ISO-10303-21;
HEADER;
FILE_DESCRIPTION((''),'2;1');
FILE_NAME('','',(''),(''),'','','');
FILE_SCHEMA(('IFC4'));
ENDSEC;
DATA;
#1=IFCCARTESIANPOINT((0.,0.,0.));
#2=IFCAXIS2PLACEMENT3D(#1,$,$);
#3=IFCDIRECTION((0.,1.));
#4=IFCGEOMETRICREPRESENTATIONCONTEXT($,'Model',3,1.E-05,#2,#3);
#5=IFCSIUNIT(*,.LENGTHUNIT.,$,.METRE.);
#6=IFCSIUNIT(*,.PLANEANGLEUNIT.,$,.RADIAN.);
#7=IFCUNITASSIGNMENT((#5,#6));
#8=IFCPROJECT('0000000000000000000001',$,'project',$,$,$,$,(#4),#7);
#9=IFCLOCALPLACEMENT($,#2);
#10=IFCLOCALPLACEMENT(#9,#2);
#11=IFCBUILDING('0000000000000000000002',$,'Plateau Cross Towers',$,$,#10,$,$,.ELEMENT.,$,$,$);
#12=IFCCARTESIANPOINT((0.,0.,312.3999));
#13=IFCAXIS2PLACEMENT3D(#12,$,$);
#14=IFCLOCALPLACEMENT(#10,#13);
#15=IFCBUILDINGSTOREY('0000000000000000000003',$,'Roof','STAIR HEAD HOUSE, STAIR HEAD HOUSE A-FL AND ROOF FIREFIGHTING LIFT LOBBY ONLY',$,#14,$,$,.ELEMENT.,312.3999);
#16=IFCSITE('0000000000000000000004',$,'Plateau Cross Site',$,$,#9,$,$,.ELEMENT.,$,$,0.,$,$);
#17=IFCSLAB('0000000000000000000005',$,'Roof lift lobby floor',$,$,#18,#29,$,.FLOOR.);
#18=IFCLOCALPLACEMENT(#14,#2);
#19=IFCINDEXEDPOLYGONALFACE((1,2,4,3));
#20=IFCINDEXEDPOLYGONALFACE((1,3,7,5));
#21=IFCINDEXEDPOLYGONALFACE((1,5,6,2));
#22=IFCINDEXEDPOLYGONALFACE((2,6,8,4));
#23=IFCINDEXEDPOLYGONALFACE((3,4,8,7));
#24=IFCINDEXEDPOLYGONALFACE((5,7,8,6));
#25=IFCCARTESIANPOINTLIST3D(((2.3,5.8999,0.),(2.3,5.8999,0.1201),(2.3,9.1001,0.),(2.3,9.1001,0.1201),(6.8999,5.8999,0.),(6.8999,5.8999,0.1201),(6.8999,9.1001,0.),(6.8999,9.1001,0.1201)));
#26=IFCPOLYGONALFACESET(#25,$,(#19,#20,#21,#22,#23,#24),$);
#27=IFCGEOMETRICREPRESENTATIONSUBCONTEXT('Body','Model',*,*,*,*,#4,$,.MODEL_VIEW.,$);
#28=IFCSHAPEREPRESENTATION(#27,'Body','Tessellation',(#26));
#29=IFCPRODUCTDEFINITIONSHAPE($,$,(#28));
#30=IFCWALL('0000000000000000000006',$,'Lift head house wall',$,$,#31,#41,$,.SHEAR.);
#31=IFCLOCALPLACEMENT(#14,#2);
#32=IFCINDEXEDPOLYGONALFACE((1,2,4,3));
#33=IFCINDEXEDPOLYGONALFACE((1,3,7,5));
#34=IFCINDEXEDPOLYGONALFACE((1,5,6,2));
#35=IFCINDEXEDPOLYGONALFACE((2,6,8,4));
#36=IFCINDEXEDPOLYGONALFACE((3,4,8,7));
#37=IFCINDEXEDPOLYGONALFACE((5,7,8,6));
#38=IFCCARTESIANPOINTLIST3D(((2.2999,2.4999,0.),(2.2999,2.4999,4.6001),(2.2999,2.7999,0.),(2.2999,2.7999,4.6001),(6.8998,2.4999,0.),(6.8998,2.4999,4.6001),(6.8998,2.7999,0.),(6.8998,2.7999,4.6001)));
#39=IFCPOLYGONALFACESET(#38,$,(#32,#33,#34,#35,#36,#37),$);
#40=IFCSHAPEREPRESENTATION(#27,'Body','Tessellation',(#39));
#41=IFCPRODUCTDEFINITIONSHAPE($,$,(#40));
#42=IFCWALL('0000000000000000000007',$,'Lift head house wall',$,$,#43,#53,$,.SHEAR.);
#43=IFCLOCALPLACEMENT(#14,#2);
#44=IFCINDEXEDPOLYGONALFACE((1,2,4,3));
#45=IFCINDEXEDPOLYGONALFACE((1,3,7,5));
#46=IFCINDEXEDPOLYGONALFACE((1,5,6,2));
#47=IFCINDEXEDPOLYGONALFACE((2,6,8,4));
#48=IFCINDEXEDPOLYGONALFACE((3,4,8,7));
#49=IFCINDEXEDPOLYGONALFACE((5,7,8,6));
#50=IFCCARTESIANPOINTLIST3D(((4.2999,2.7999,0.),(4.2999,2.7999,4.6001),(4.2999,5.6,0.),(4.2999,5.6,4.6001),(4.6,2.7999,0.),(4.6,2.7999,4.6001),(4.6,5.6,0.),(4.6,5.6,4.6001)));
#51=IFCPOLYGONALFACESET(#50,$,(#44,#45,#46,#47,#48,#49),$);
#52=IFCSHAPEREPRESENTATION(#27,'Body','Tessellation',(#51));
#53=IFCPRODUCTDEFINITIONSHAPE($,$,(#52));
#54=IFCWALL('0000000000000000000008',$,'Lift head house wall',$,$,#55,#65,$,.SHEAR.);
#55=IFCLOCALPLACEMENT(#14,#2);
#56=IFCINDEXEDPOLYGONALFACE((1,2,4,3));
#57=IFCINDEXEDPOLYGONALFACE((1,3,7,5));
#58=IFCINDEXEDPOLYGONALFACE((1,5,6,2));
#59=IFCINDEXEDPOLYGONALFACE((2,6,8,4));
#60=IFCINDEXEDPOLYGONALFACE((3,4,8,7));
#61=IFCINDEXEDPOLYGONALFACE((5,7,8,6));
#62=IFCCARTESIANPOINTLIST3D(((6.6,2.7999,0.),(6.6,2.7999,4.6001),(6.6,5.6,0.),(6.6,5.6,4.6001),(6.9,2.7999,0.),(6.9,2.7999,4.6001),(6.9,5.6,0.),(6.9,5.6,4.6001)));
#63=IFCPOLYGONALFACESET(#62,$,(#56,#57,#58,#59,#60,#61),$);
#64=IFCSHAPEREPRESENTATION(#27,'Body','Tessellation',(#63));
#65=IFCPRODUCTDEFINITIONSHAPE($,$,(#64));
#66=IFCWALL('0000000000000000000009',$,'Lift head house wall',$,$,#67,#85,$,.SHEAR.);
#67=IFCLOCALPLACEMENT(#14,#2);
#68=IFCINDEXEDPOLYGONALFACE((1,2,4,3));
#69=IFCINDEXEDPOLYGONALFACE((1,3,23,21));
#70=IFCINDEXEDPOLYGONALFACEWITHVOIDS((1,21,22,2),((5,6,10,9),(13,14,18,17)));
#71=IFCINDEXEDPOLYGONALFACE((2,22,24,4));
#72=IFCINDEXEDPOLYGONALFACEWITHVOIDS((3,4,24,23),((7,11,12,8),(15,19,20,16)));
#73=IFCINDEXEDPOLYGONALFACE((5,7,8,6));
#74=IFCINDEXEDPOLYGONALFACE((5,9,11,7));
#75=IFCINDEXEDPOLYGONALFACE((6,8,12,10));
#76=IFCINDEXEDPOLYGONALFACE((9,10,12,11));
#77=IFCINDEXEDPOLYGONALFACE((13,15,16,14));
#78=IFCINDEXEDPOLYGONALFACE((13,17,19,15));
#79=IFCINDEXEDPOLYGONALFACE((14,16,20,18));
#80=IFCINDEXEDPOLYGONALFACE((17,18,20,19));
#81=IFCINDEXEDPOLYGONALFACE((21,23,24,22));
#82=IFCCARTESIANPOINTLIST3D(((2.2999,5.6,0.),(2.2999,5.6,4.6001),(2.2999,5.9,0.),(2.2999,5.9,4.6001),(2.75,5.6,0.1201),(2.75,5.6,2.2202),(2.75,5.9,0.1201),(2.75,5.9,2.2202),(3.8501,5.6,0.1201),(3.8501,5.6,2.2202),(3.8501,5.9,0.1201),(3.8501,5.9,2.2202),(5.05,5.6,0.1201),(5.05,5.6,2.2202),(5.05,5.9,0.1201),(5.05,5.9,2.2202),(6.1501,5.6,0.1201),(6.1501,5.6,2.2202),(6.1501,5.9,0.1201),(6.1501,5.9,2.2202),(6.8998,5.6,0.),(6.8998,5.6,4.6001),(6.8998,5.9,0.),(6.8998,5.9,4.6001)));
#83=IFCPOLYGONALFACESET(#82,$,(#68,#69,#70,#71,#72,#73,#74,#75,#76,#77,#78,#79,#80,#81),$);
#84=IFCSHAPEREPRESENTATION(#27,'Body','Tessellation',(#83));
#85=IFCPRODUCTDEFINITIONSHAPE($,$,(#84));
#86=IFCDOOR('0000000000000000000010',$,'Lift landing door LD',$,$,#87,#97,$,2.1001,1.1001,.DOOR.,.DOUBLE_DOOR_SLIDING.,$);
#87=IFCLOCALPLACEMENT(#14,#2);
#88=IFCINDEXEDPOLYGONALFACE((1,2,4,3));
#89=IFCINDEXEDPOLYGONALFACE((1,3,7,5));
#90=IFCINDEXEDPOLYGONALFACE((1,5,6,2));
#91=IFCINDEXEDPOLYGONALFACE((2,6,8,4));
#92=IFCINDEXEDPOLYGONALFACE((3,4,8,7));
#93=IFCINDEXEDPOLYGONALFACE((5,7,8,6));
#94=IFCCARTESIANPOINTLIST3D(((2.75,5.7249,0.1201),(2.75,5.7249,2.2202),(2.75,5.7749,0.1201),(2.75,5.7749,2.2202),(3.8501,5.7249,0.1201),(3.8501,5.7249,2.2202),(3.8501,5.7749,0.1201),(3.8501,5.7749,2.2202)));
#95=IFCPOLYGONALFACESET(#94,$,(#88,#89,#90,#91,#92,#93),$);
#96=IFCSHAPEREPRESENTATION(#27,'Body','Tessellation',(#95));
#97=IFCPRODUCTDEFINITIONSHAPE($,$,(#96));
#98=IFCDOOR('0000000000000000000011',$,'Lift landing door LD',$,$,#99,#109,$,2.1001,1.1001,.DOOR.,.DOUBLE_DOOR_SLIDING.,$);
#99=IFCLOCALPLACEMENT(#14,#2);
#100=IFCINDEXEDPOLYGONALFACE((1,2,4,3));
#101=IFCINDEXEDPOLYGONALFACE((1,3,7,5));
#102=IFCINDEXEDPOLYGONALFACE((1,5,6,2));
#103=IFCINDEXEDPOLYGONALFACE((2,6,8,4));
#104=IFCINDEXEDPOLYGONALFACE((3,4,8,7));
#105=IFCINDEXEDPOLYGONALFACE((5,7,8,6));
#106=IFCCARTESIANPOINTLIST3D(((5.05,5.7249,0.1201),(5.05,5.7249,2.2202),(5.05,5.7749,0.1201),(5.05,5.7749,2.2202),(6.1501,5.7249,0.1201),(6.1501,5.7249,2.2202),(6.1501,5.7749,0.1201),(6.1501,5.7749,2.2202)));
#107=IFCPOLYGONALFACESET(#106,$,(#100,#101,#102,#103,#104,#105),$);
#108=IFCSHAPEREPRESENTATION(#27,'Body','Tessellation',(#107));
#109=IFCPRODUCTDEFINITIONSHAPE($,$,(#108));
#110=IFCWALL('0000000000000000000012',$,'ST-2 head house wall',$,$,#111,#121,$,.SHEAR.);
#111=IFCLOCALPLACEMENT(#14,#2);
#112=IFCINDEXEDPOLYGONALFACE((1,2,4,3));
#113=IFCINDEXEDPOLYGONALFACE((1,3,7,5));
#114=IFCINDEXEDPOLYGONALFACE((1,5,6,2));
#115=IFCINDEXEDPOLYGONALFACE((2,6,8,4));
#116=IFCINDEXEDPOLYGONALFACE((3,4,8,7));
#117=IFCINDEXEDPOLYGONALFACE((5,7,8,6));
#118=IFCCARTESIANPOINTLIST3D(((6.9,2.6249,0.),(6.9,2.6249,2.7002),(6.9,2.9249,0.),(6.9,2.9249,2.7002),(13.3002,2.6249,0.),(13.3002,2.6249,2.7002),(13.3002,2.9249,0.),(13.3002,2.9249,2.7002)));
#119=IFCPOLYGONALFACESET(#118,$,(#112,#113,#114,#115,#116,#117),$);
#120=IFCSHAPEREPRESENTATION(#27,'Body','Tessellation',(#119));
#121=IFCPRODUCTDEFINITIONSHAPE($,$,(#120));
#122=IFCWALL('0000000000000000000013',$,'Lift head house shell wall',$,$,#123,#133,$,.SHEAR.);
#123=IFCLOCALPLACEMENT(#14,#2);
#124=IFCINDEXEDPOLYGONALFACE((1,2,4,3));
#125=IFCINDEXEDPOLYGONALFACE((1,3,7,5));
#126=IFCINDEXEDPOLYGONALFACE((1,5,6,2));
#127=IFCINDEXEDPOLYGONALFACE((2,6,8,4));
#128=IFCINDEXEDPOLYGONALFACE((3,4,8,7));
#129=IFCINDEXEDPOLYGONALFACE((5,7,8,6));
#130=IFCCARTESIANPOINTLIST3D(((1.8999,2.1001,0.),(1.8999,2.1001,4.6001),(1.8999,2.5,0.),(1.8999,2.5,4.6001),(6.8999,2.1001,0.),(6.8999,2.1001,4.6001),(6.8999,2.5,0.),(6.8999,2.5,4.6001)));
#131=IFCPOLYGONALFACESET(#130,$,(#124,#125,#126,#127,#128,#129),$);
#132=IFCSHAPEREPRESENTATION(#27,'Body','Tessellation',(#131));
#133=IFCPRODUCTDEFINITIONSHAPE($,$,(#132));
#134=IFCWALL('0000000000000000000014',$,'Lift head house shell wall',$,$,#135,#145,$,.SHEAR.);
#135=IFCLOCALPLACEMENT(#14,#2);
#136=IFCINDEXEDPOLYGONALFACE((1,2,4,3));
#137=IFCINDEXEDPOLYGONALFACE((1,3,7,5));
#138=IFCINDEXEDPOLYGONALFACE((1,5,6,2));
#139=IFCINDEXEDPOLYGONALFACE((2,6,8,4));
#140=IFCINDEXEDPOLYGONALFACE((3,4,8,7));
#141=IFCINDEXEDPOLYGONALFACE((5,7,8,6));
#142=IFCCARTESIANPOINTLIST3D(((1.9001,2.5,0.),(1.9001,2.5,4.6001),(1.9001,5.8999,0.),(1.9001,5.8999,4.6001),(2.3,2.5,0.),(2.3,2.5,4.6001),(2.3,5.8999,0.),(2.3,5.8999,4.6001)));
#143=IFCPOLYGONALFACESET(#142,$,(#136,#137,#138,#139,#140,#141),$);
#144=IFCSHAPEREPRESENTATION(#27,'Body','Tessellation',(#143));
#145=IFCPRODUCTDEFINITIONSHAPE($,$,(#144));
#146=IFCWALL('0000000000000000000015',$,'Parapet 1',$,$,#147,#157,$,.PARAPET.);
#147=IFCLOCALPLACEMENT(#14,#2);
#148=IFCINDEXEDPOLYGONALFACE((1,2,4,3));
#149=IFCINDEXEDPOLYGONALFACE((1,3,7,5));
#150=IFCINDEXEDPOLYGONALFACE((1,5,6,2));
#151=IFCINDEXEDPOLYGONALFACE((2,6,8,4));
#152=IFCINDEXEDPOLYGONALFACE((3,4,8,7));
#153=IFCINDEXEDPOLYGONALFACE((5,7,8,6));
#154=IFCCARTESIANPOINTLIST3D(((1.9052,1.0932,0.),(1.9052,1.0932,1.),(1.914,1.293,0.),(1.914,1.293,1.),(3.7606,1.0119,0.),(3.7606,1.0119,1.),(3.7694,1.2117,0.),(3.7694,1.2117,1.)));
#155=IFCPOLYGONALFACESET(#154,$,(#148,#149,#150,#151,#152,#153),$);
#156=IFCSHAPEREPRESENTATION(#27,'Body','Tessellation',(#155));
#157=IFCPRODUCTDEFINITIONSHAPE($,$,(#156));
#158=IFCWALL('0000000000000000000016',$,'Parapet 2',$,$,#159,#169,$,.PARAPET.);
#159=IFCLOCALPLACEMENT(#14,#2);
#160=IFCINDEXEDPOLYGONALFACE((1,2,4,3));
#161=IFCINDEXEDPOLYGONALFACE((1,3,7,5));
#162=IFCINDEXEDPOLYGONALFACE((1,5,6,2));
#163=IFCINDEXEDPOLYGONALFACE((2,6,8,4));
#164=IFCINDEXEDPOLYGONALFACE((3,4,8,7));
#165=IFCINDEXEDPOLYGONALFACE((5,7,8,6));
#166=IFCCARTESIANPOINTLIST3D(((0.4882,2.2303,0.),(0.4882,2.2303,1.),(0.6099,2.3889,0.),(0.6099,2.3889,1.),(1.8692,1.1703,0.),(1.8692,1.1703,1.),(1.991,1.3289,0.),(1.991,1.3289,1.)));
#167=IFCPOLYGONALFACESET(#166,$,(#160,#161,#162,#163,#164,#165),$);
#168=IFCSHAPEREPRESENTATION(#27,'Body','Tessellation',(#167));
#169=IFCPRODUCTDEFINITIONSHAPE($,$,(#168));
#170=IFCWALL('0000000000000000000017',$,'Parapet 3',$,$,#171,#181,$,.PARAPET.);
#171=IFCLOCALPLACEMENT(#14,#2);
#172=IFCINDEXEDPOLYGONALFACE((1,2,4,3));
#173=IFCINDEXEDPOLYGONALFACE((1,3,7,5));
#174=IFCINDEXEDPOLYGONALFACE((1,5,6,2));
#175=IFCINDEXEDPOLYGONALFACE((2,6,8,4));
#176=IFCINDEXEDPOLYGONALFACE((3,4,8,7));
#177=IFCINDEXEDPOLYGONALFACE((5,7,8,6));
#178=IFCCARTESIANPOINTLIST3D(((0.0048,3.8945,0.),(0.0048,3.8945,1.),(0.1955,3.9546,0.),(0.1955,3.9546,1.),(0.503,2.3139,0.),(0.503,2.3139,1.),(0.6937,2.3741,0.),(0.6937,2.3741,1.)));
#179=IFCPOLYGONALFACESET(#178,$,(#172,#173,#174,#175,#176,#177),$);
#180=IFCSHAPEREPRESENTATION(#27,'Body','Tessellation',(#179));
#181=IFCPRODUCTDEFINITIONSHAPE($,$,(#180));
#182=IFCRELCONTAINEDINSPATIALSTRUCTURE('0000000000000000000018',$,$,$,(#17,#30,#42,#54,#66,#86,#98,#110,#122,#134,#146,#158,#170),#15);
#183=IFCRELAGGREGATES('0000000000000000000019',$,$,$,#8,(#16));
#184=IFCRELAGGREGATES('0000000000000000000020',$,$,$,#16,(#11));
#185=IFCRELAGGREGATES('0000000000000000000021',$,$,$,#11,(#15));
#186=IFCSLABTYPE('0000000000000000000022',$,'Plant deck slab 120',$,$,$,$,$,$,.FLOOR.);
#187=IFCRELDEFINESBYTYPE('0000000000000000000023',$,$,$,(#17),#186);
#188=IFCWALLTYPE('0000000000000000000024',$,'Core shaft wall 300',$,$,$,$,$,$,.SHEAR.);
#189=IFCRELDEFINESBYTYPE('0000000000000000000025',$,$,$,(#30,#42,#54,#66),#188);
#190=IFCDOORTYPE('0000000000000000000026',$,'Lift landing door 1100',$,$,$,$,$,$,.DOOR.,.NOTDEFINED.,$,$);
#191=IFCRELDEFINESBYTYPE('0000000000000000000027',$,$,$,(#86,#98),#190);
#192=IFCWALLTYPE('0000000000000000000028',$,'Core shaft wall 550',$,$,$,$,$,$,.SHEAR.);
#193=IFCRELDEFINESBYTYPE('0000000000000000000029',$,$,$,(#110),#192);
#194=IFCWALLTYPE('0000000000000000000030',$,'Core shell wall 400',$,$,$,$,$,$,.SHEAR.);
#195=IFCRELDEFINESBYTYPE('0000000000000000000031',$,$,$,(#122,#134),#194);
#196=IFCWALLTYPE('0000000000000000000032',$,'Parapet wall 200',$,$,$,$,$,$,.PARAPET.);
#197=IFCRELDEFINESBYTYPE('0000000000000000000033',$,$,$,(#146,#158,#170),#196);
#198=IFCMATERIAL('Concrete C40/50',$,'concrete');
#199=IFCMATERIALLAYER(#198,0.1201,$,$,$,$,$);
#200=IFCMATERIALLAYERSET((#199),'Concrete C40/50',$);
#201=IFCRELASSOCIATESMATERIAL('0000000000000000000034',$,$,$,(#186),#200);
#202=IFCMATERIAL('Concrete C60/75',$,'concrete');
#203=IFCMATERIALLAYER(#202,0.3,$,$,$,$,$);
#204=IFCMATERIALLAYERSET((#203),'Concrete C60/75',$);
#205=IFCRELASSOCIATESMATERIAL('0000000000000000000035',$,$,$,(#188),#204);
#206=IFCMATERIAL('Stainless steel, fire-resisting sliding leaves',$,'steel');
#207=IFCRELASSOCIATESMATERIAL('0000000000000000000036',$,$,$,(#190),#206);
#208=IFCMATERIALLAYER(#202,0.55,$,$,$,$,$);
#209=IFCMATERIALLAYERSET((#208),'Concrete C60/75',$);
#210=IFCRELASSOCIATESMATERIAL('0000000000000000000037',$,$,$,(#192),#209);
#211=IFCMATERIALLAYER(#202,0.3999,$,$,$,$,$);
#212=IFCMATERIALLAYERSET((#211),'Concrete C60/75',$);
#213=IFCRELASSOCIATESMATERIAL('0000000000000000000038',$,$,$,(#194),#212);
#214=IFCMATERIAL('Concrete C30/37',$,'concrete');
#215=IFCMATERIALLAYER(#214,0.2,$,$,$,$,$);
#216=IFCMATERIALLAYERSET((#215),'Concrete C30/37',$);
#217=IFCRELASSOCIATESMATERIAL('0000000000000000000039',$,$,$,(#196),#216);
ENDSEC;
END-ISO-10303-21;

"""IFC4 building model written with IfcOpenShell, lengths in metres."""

from ifc_helpers import new_model, si_unit, direction, frame, frame_2d, origin, place, context, subcontext, project, spatial, polyline, rectangle, outline, extrude, material, layer, layer_set, type_object, element, fill, save


model = new_model("IFC4")

# Units and contexts
model_context = context("Model", 3, precision=1e-05, world=origin(), true_north=direction((0.0, 1.0)))
body_context = subcontext(model_context, "Body", "Model", "MODEL_VIEW")
ifc_project = project(units=[si_unit("LENGTHUNIT", "METRE"), si_unit("PLANEANGLEUNIT", "RADIAN")], contexts=[model_context])

# Site, building, storey
site_placement = place(None, origin())
site = spatial("IfcSite", under=ifc_project, at=site_placement, Name="Plateau Cross Site", CompositionType="ELEMENT", RefElevation=0.0)
building_placement = place(site_placement, origin())
building = spatial("IfcBuilding", under=site, at=building_placement, Name="Plateau Cross Towers", CompositionType="ELEMENT")
storey_placement = place(building_placement, frame((0.0, 0.0, 312.3999)))
storey = spatial("IfcBuildingStorey", under=building, at=storey_placement, Name="Roof", Description="STAIR HEAD HOUSE, STAIR HEAD HOUSE A-FL AND ROOF FIREFIGHTING LIFT LOBBY ONLY", CompositionType="ELEMENT", Elevation=312.3999)

# Slab
ifc_material_1 = material(Name="Concrete C40/50", Category="concrete")
ifc_layer_1 = layer(ifc_material_1, 0.1201)
ifc_layer_set_1 = layer_set([ifc_layer_1], Name="Concrete C40/50")
slab_type_1 = type_object("IfcSlabType", Name="Plant deck slab 120", PredefinedType="FLOOR", material=ifc_layer_set_1)
slab_1_placement = place(storey_placement, origin())
element("IfcSlab", 1, at=slab_1_placement, inside=storey, type_object=slab_type_1, Name="Roof lift lobby floor", PredefinedType="FLOOR", context=body_context, shape_type="SweptSolid", body=[
    extrude(outline(polyline([(2.3, 5.8999), (6.8999, 5.8999), (6.8999, 9.1001), (2.3, 9.1001), (2.3, 5.8999)])), origin(), (0.0, 0.0, 1.0), 0.1201),
])

# Walls
ifc_material_2 = material(Name="Concrete C60/75", Category="concrete")
ifc_layer_2 = layer(ifc_material_2, 0.3)
ifc_layer_set_2 = layer_set([ifc_layer_2], Name="Concrete C60/75")
wall_type_1 = type_object("IfcWallType", Name="Core shaft wall 300", PredefinedType="SHEAR", material=ifc_layer_set_2)
wall_1_placement = place(storey_placement, frame((2.3, 2.6499, 0.0), z_axis=(0.0, 0.0, 1.0), x_axis=(1.0, 0.0, 0.0)))
element("IfcWall", 2, at=wall_1_placement, inside=storey, type_object=wall_type_1, Name="Lift head house wall", PredefinedType="SHEAR", context=body_context, shape_type="SweptSolid", body=[
    extrude(rectangle(XDim=4.5999, YDim=0.3, at=frame_2d((2.2998, 0.0))), origin(), (0.0, 0.0, 1.0), 4.6001),
])
for number, where, z_axis, x_axis, name in (
    (3, (4.45, 2.8, 0.0), (0.0, 0.0, 1.0), (0.0, 1.0, 0.0), "Lift head house wall"),
    (4, (6.75, 2.8, 0.0), (0.0, 0.0, 1.0), (0.0, 1.0, 0.0), "Lift head house wall"),
):
    element("IfcWall", number, at=place(storey_placement, frame(where, z_axis=z_axis, x_axis=x_axis)), inside=storey, type_object=wall_type_1, Name=name, PredefinedType="SHEAR", context=body_context, shape_type="SweptSolid", body=[
        extrude(rectangle(XDim=2.8, YDim=0.3, at=frame_2d((1.3999, 0.0))), origin(), (0.0, 0.0, 1.0), 4.6001),
    ])

# Wall, openings, doors
wall_2_placement = place(storey_placement, frame((2.3, 5.75, 0.0), z_axis=(0.0, 0.0, 1.0), x_axis=(1.0, 0.0, 0.0)))
wall_2 = element("IfcWall", 5, at=wall_2_placement, inside=storey, type_object=wall_type_1, Name="Lift head house wall", PredefinedType="SHEAR", context=body_context, shape_type="SweptSolid", body=[
    extrude(rectangle(XDim=4.5999, YDim=0.3, at=frame_2d((2.2998, 0.0))), origin(), (0.0, 0.0, 1.0), 4.6001),
])
opening_1_placement = place(wall_2_placement, frame((0.45, 0.0, 0.1201)))
opening_1 = element("IfcOpeningElement", 6, at=opening_1_placement, cuts=wall_2, PredefinedType="OPENING", context=body_context, shape_type="SweptSolid", body=[
    extrude(rectangle(XDim=1.1001, YDim=2.1001, at=frame_2d((0.55, 1.05))), frame((0.0, 0.1599, 0.0), z_axis=(0.0, -1.0, 0.0), x_axis=(1.0, 0.0, 0.0)), (0.0, 0.0, 1.0), 0.3201),
])
opening_2_placement = place(wall_2_placement, frame((2.75, 0.0, 0.1201)))
opening_2 = element("IfcOpeningElement", 7, at=opening_2_placement, cuts=wall_2, PredefinedType="OPENING", context=body_context, shape_type="SweptSolid", body=[
    extrude(rectangle(XDim=1.1001, YDim=2.1001, at=frame_2d((0.55, 1.05))), frame((0.0, 0.1599, 0.0), z_axis=(0.0, -1.0, 0.0), x_axis=(1.0, 0.0, 0.0)), (0.0, 0.0, 1.0), 0.3201),
])
ifc_material_3 = material(Name="Stainless steel, fire-resisting sliding leaves", Category="steel")
door_type_1 = type_object("IfcDoorType", Name="Lift landing door 1100", OperationType="NOTDEFINED", PredefinedType="DOOR", material=ifc_material_3)
door_1_placement = place(opening_1_placement, origin())
door_1 = element("IfcDoor", 8, at=door_1_placement, inside=storey, type_object=door_type_1, Name="Lift landing door LD", OperationType="DOUBLE_DOOR_SLIDING", OverallHeight=2.1001, OverallWidth=1.1001, PredefinedType="DOOR", context=body_context, shape_type="SweptSolid", body=[
    extrude(rectangle(XDim=1.1001, YDim=2.1001, at=frame_2d((0.55, 1.05))), frame((0.0, 0.0249, 0.0), z_axis=(0.0, -1.0, 0.0), x_axis=(1.0, 0.0, 0.0)), (0.0, 0.0, 1.0), 0.05),
])
fill(opening_1, door_1)
door_2_placement = place(opening_2_placement, origin())
door_2 = element("IfcDoor", 9, at=door_2_placement, inside=storey, type_object=door_type_1, Name="Lift landing door LD", OperationType="DOUBLE_DOOR_SLIDING", OverallHeight=2.1001, OverallWidth=1.1001, PredefinedType="DOOR", context=body_context, shape_type="SweptSolid", body=[
    extrude(rectangle(XDim=1.1001, YDim=2.1001, at=frame_2d((0.55, 1.05))), frame((0.0, 0.0249, 0.0), z_axis=(0.0, -1.0, 0.0), x_axis=(1.0, 0.0, 0.0)), (0.0, 0.0, 1.0), 0.05),
])
fill(opening_2, door_2)

# Walls
ifc_layer_3 = layer(ifc_material_2, 0.55)
ifc_layer_set_3 = layer_set([ifc_layer_3], Name="Concrete C60/75")
wall_type_2 = type_object("IfcWallType", Name="Core shaft wall 550", PredefinedType="SHEAR", material=ifc_layer_set_3)
wall_3_placement = place(storey_placement, frame((6.8999, 2.7749, 0.0), z_axis=(0.0, 0.0, 1.0), x_axis=(1.0, 0.0, 0.0)))
element("IfcWall", 10, at=wall_3_placement, inside=storey, type_object=wall_type_2, Name="ST-2 head house wall", PredefinedType="SHEAR", context=body_context, shape_type="SweptSolid", body=[
    extrude(rectangle(XDim=6.4001, YDim=0.3, at=frame_2d((3.2002, 0.0))), origin(), (0.0, 0.0, 1.0), 2.7002),
])
ifc_layer_4 = layer(ifc_material_2, 0.3999)
ifc_layer_set_4 = layer_set([ifc_layer_4], Name="Concrete C60/75")
wall_type_3 = type_object("IfcWallType", Name="Core shell wall 400", PredefinedType="SHEAR", material=ifc_layer_set_4)
wall_4_placement = place(storey_placement, frame((1.8999, 2.3, 0.0), z_axis=(0.0, 0.0, 1.0), x_axis=(1.0, 0.0, 0.0)))
element("IfcWall", 11, at=wall_4_placement, inside=storey, type_object=wall_type_3, Name="Lift head house shell wall", PredefinedType="SHEAR", context=body_context, shape_type="SweptSolid", body=[
    extrude(rectangle(XDim=5.0, YDim=0.3999, at=frame_2d((2.5, 0.0))), origin(), (0.0, 0.0, 1.0), 4.6001),
])
wall_5_placement = place(storey_placement, frame((2.1001, 2.5, 0.0), z_axis=(0.0, 0.0, 1.0), x_axis=(0.0, 1.0, 0.0)))
element("IfcWall", 12, at=wall_5_placement, inside=storey, type_object=wall_type_3, Name="Lift head house shell wall", PredefinedType="SHEAR", context=body_context, shape_type="SweptSolid", body=[
    extrude(rectangle(XDim=3.3999, YDim=0.3999, at=frame_2d((1.7, 0.0))), origin(), (0.0, 0.0, 1.0), 4.6001),
])
ifc_material_4 = material(Name="Concrete C30/37", Category="concrete")
ifc_layer_5 = layer(ifc_material_4, 0.2)
ifc_layer_set_5 = layer_set([ifc_layer_5], Name="Concrete C30/37")
wall_type_4 = type_object("IfcWallType", Name="Parapet wall 200", PredefinedType="PARAPET", material=ifc_layer_set_5)
wall_6_placement = place(storey_placement, frame((3.7651, 1.1118, 0.0), z_axis=(0.0, 0.0, 1.0), x_axis=(-0.999041, 0.043774, 0.0)))
element("IfcWall", 13, at=wall_6_placement, inside=storey, type_object=wall_type_4, Name="Parapet 1", PredefinedType="PARAPET", context=body_context, shape_type="SweptSolid", body=[
    extrude(rectangle(XDim=1.8572, YDim=0.2, at=frame_2d((0.9287, 0.0))), origin(), (0.0, 0.0, 1.0), 1.0),
])
wall_7_placement = place(storey_placement, frame((1.9302, 1.2495, 0.0), z_axis=(0.0, 0.0, 1.0), x_axis=(-0.79327, 0.60887, 0.0)))
element("IfcWall", 14, at=wall_7_placement, inside=storey, type_object=wall_type_4, Name="Parapet 2", PredefinedType="PARAPET", context=body_context, shape_type="SweptSolid", body=[
    extrude(rectangle(XDim=1.741, YDim=0.2, at=frame_2d((0.8706, 0.0))), origin(), (0.0, 0.0, 1.0), 1.0),
])
wall_8_placement = place(storey_placement, frame((0.5984, 2.344, 0.0), z_axis=(0.0, 0.0, 1.0), x_axis=(-0.300673, 0.953727, 0.0)))
element("IfcWall", 15, at=wall_8_placement, inside=storey, type_object=wall_type_4, Name="Parapet 3", PredefinedType="PARAPET", context=body_context, shape_type="SweptSolid", body=[
    extrude(rectangle(XDim=1.6572, YDim=0.2, at=frame_2d((0.8286, 0.0))), origin(), (0.0, 0.0, 1.0), 1.0),
])

save(model, "model.ifc")
